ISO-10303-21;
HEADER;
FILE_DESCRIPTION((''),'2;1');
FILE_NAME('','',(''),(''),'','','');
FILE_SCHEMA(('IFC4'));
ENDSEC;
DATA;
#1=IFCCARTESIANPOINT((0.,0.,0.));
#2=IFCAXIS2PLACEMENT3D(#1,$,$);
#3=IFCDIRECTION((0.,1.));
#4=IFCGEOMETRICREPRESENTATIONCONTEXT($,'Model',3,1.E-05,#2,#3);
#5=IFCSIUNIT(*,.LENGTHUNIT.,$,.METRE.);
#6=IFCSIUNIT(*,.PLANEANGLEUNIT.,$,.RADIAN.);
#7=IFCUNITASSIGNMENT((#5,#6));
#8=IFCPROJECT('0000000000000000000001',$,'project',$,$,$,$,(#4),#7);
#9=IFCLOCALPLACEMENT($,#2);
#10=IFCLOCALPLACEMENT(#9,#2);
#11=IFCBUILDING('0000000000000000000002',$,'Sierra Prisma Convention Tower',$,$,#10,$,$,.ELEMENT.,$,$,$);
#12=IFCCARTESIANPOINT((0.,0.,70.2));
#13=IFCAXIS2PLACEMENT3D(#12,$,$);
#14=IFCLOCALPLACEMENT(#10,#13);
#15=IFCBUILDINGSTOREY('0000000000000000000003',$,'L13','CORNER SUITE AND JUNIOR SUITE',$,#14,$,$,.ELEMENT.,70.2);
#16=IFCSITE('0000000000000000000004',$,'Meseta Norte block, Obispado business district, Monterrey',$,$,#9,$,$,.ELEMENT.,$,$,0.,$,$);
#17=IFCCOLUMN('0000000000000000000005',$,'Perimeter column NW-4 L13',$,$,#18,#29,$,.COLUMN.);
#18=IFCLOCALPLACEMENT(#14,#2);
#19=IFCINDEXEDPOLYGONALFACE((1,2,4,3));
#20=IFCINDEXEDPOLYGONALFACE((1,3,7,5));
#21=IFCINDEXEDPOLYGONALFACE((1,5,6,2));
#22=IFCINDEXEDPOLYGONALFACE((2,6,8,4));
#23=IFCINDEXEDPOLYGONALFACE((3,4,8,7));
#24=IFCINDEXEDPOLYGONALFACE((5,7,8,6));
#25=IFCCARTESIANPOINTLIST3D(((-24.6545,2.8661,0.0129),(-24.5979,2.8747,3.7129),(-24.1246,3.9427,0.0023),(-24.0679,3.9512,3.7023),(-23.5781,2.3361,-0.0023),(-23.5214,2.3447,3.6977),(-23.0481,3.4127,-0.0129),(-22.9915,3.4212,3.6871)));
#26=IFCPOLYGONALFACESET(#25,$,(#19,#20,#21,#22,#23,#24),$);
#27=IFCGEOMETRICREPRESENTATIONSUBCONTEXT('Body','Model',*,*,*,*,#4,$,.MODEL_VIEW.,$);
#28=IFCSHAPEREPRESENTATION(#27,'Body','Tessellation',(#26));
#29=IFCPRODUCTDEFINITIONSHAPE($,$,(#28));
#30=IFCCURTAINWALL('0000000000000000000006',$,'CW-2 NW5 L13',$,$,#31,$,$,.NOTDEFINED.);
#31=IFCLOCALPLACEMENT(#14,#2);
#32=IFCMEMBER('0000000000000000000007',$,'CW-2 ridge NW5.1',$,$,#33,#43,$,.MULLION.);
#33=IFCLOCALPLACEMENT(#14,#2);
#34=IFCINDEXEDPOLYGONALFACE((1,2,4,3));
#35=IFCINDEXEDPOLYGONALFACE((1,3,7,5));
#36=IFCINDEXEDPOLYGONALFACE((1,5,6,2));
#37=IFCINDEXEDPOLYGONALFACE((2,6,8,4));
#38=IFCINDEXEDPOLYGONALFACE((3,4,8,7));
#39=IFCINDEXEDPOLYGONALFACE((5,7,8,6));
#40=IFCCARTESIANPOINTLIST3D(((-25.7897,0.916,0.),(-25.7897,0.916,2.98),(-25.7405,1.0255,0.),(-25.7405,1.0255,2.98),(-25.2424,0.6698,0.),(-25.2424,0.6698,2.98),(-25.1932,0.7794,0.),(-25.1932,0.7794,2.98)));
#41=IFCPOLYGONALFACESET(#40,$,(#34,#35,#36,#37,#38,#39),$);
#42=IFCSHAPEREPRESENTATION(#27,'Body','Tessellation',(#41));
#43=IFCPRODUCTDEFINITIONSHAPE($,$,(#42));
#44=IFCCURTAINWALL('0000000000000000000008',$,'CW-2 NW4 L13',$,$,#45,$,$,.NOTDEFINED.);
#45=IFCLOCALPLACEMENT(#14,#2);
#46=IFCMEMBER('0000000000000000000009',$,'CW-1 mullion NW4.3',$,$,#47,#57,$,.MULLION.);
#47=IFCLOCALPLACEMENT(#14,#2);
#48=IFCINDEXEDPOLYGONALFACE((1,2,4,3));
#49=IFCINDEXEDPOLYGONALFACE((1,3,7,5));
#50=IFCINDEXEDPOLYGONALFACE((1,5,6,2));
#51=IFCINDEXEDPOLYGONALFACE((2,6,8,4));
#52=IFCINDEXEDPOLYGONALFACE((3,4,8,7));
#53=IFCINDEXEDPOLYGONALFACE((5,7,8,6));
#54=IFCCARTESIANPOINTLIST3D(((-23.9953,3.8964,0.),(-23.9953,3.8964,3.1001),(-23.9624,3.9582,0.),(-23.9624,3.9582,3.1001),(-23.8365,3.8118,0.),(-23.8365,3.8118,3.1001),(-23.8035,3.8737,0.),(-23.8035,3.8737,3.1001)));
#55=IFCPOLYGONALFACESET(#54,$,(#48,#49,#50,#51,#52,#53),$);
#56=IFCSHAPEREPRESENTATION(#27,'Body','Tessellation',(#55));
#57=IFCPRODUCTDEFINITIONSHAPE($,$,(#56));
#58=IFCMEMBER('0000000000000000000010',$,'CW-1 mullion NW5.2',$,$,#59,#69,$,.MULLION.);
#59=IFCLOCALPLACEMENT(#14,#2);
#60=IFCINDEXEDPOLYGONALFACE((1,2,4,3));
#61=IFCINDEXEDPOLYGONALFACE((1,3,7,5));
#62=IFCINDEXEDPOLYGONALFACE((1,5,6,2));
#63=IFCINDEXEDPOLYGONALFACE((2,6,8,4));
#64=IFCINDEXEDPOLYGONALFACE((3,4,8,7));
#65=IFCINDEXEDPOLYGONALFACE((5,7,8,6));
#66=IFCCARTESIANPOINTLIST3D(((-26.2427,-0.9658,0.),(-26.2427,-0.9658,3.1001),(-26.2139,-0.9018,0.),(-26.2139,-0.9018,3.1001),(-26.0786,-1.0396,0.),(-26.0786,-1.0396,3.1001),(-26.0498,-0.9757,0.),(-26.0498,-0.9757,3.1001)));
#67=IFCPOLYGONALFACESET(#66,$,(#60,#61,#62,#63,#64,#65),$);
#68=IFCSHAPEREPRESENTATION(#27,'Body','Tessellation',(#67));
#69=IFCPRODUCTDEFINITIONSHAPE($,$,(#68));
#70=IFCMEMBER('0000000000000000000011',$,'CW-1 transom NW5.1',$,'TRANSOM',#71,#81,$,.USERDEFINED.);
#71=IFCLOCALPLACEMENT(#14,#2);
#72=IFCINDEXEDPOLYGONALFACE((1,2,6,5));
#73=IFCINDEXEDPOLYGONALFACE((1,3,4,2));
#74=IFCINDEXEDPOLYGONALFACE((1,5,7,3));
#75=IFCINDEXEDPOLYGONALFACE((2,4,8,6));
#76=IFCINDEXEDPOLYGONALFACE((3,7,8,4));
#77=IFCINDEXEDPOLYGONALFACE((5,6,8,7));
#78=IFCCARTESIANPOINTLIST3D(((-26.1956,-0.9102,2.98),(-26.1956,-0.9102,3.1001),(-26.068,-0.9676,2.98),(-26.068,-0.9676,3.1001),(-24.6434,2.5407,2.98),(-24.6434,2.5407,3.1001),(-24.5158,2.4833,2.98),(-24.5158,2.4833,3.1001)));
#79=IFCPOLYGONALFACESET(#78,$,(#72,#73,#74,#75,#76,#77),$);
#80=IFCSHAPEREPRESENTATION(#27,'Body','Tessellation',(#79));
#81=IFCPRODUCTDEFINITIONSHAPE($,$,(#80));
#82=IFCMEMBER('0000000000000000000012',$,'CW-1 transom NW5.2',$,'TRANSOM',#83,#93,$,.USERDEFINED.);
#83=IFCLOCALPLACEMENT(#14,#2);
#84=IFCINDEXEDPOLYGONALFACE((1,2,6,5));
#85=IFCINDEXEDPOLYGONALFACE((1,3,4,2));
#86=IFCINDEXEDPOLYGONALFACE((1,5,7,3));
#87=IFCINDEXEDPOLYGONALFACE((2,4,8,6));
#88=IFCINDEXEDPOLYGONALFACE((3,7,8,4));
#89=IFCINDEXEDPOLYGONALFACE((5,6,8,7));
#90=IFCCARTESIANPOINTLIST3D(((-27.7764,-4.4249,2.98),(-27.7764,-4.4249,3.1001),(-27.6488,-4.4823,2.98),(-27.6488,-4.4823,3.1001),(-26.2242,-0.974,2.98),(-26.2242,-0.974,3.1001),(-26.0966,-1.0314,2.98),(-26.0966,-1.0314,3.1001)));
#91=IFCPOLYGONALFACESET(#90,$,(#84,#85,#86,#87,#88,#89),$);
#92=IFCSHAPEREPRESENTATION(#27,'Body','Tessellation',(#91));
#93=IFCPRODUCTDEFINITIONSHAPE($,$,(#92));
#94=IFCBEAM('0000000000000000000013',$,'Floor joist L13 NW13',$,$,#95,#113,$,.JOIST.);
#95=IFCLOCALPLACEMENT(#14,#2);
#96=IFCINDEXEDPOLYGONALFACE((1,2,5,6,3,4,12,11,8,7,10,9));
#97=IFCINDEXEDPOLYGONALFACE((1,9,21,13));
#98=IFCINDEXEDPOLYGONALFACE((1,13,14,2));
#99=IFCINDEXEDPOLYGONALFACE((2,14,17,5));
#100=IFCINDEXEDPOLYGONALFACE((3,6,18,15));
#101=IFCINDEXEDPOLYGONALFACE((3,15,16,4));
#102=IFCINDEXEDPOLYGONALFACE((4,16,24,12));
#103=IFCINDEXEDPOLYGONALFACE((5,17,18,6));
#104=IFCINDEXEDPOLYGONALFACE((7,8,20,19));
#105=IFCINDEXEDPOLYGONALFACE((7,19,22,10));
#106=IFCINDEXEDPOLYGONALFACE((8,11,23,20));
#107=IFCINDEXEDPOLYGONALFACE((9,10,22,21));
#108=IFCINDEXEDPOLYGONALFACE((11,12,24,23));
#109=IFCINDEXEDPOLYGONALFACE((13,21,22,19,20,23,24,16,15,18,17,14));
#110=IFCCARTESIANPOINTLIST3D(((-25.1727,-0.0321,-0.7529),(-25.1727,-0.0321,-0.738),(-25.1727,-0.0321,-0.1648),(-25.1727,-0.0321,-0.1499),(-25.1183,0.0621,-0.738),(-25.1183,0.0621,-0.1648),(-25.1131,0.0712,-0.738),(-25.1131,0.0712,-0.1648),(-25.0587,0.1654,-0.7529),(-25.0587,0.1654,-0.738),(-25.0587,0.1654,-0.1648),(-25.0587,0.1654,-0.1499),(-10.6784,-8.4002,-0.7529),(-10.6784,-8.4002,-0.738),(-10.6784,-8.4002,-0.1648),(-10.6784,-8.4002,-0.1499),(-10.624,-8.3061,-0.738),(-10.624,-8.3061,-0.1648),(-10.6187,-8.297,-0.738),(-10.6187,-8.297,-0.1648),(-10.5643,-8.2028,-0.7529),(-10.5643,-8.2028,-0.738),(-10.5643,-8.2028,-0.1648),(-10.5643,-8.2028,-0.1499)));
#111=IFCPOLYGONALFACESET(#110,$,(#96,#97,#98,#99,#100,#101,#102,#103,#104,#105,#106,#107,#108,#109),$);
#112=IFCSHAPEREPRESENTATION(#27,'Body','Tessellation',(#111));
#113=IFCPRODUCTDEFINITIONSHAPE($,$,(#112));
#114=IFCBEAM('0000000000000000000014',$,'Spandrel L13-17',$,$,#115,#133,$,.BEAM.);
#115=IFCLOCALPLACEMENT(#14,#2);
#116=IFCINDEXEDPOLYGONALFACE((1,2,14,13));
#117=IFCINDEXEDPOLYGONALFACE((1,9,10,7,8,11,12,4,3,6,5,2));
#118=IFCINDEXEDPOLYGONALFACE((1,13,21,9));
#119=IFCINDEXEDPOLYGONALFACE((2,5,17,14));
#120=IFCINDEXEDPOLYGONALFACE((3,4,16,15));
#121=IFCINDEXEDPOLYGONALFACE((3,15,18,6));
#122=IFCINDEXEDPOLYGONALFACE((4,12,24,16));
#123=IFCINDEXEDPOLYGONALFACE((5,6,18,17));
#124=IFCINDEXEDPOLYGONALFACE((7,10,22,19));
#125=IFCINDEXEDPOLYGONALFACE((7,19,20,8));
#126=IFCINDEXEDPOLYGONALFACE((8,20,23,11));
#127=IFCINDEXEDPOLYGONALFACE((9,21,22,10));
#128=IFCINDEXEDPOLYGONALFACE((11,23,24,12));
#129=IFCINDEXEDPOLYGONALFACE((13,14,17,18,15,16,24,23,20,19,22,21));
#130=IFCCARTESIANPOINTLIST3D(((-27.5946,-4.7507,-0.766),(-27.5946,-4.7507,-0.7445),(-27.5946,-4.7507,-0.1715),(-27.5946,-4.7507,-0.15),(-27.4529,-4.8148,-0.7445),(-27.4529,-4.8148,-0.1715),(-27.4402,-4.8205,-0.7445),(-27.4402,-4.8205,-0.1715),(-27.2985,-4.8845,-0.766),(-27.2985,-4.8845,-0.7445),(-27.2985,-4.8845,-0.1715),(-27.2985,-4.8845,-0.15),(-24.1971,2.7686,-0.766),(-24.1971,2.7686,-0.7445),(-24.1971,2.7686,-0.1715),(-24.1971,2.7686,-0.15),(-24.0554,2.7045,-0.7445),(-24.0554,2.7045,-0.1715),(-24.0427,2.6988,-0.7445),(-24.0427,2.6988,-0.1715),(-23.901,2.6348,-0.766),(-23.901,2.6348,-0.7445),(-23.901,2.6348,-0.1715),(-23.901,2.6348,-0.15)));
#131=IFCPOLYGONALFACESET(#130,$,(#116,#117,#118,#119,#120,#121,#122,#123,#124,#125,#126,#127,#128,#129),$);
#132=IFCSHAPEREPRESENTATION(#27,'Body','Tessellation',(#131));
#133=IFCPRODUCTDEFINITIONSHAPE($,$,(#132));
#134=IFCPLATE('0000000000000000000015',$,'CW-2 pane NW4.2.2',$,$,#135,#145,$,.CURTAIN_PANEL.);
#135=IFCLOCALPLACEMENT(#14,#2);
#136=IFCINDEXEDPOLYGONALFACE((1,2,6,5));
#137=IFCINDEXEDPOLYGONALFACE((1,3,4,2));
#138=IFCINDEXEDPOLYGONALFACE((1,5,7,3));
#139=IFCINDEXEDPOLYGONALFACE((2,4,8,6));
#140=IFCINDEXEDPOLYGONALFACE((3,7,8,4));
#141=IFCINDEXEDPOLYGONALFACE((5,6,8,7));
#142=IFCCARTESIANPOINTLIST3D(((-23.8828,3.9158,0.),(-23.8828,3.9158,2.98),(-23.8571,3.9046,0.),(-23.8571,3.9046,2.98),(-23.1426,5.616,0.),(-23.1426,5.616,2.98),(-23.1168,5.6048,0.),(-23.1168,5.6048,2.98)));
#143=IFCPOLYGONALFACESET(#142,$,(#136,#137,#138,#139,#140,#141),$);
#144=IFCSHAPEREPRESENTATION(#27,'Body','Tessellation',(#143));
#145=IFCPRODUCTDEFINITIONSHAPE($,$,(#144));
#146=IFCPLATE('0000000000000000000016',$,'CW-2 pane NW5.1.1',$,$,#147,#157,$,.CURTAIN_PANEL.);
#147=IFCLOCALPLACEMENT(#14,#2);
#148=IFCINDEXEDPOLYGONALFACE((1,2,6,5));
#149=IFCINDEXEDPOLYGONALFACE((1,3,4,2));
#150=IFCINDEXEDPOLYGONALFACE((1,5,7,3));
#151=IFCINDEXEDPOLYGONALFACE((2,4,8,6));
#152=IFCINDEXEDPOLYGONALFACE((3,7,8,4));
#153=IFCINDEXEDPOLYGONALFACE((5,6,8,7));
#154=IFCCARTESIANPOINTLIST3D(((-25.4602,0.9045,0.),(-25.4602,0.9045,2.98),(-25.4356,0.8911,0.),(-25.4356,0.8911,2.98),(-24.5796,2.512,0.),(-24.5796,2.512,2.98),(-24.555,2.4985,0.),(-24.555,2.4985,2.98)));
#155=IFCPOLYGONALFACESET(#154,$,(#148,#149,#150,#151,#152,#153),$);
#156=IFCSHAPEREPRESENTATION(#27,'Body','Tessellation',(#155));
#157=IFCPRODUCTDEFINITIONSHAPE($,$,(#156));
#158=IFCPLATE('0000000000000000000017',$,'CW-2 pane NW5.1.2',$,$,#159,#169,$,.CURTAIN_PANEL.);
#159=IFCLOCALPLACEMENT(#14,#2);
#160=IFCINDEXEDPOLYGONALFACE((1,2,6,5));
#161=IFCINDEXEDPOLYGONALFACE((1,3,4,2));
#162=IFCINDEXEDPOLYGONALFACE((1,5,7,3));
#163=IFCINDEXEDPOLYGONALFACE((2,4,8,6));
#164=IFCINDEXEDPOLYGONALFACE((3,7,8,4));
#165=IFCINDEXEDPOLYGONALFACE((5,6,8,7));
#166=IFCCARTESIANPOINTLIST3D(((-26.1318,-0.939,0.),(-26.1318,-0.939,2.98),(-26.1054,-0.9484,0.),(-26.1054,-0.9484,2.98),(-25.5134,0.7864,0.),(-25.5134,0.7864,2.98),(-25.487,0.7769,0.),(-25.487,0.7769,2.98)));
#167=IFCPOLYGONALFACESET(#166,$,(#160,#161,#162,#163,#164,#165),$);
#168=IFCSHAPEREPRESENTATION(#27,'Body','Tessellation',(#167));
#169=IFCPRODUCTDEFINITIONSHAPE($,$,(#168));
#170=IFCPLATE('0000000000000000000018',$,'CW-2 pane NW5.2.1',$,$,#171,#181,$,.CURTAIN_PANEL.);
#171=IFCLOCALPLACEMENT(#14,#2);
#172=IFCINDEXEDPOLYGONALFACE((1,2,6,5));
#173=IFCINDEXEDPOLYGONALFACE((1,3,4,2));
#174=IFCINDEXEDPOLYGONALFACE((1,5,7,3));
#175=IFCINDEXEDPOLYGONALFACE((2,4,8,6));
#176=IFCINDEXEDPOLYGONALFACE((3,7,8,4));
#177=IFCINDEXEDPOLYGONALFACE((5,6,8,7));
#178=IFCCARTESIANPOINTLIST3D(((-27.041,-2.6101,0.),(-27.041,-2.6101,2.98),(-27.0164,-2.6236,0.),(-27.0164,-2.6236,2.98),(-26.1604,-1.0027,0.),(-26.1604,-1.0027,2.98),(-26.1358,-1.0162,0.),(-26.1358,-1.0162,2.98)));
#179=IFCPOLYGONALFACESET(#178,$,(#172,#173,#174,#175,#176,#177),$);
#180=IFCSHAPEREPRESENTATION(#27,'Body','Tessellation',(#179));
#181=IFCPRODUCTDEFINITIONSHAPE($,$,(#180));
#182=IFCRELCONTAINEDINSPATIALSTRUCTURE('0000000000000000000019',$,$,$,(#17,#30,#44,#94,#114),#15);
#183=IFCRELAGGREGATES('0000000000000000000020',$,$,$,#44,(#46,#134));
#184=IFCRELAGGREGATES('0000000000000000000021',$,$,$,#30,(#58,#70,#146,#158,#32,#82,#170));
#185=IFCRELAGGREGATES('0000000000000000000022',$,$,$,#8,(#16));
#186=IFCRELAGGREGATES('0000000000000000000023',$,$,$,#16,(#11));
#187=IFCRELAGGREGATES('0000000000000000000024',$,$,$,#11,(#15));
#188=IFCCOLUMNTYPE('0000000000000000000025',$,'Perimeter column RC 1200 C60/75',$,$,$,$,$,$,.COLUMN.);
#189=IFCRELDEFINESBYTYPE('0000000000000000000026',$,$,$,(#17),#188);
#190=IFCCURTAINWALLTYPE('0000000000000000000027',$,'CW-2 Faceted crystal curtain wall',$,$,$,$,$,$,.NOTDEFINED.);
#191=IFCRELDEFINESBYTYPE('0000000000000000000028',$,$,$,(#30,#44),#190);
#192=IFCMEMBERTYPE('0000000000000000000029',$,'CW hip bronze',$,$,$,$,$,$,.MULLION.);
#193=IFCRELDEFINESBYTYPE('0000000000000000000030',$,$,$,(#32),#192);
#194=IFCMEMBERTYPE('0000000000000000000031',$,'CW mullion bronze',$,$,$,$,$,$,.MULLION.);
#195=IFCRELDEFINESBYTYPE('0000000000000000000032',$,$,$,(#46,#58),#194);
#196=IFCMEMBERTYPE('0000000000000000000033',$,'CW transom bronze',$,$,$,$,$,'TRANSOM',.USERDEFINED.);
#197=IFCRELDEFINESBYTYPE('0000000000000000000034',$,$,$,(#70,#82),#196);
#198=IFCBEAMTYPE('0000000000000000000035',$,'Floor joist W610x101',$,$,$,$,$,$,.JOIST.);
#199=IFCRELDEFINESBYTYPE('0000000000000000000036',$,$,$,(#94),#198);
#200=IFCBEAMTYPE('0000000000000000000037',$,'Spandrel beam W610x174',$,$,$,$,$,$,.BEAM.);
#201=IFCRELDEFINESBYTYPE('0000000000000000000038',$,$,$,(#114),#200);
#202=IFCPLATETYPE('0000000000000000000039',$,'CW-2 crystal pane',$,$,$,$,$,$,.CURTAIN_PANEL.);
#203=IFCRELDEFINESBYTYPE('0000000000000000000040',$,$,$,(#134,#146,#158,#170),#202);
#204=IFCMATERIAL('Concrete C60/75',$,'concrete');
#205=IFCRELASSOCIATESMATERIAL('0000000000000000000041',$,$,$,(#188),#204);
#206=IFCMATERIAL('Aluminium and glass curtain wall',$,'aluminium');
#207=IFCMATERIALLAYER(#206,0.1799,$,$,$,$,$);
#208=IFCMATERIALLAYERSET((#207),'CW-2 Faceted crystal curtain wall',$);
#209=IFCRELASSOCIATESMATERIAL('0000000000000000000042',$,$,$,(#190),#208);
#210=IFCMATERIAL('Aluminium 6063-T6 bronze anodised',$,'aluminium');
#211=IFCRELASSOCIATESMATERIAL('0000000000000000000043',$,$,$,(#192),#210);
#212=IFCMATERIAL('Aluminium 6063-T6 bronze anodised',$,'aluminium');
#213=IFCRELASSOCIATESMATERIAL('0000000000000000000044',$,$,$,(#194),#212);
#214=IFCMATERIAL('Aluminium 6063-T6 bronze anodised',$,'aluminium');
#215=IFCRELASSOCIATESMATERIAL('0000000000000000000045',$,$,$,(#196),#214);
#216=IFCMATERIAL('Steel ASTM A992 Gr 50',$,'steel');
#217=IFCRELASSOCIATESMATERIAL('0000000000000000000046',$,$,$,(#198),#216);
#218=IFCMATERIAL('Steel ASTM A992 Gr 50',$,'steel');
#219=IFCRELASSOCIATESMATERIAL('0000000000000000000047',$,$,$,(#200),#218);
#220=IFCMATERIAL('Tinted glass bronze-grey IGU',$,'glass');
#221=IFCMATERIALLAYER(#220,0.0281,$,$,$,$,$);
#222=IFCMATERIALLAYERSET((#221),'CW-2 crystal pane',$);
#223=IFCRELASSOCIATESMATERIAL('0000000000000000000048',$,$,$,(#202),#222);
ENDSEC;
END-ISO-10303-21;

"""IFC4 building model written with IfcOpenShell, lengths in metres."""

from ifc_helpers import new_model, si_unit, direction, frame, origin, origin_2d, place, context, subcontext, project, spatial, polyline, rectangle, i_section, outline, extrude, material, layer, layer_set, material_profile, profile_set, type_object, element, aggregate, save


model = new_model("IFC4")

# Units and contexts
model_context = context("Model", 3, precision=1e-05, world=origin(), true_north=direction((0.0, 1.0)))
body_context = subcontext(model_context, "Body", "Model", "MODEL_VIEW")
ifc_project = project(units=[si_unit("LENGTHUNIT", "METRE"), si_unit("PLANEANGLEUNIT", "RADIAN")], contexts=[model_context])

# Site, building, storey
site_placement = place(None, origin())
site = spatial("IfcSite", under=ifc_project, at=site_placement, Name="Meseta Norte block, Obispado business district, Monterrey", CompositionType="ELEMENT", RefElevation=0.0)
building_placement = place(site_placement, origin())
building = spatial("IfcBuilding", under=site, at=building_placement, Name="Sierra Prisma Convention Tower", CompositionType="ELEMENT")
storey_placement = place(building_placement, frame((0.0, 0.0, 70.2)))
storey = spatial("IfcBuildingStorey", under=building, at=storey_placement, Name="L13", Description="CORNER SUITE AND JUNIOR SUITE", CompositionType="ELEMENT", Elevation=70.2)

# Column
ifc_material_1 = material(Name="Concrete C60/75", Category="concrete")
ifc_material_profile_1 = material_profile(ifc_material_1, rectangle(XDim=1.2, YDim=1.2, at=origin_2d()), Name="Perimeter column RC 1200 C60/75")
ifc_profile_set_1 = profile_set([ifc_material_profile_1], Name="Concrete C60/75")
column_type = type_object("IfcColumnType", Name="Perimeter column RC 1200 C60/75", PredefinedType="COLUMN", material=ifc_profile_set_1)
column_placement = place(storey_placement, frame((-23.8513, 3.1394, 0.0), z_axis=(0.015307, 0.002309, 0.99988), x_axis=(0.441617, 0.89716, -0.008832)))
element("IfcColumn", 1, at=column_placement, inside=storey, type_object=column_type, Name="Perimeter column NW-4 L13", PredefinedType="COLUMN", context=body_context, shape_type="SweptSolid", body=[
    extrude(rectangle(XDim=1.2, YDim=1.2, at=origin_2d()), origin(), (0.0, 0.0, 1.0), 3.7004),
])

# Curtain walls, members
ifc_material_2 = material(Name="Aluminium and glass curtain wall", Category="aluminium")
ifc_layer_1 = layer(ifc_material_2, 0.1799)
ifc_layer_set_1 = layer_set([ifc_layer_1], Name="CW-2 Faceted crystal curtain wall")
curtain_wall_type = type_object("IfcCurtainWallType", Name="CW-2 Faceted crystal curtain wall", PredefinedType="NOTDEFINED", material=ifc_layer_set_1)
curtain_wall_1_placement = place(storey_placement, origin())
curtain_wall_1 = element("IfcCurtainWall", 2, at=curtain_wall_1_placement, inside=storey, type_object=curtain_wall_type, Name="CW-2 NW5 L13", PredefinedType="NOTDEFINED")
ifc_material_3 = material(Name="Aluminium 6063-T6 bronze anodised", Category="aluminium")
ifc_material_profile_2 = material_profile(ifc_material_3, rectangle(XDim=0.1201, YDim=0.6001, at=origin_2d()), Name="ALU RIDGE BLADE 120x600")
ifc_profile_set_2 = profile_set([ifc_material_profile_2], Name="Aluminium 6063-T6 bronze anodised")
member_type_1 = type_object("IfcMemberType", Name="CW hip bronze", PredefinedType="MULLION", material=ifc_profile_set_2)
member_1_placement = place(storey_placement, frame((-25.4915, 0.8477, 0.0), z_axis=(0.0, 0.0, 1.0), x_axis=(-0.410184, -0.912003, 0.0)))
member_1 = element("IfcMember", 3, at=member_1_placement, type_object=member_type_1, Name="CW-2 ridge NW5.1", PredefinedType="MULLION", context=body_context, shape_type="SweptSolid", body=[
    extrude(rectangle(XDim=0.1201, YDim=0.6001, at=origin_2d()), origin(), (0.0, 0.0, 1.0), 2.98),
])
curtain_wall_2_placement = place(storey_placement, origin())
curtain_wall_2 = element("IfcCurtainWall", 4, at=curtain_wall_2_placement, inside=storey, type_object=curtain_wall_type, Name="CW-2 NW4 L13", PredefinedType="NOTDEFINED")
ifc_material_4 = material(Name="Aluminium 6063-T6 bronze anodised", Category="aluminium")
ifc_material_profile_3 = material_profile(ifc_material_4, rectangle(XDim=0.1799, YDim=0.0701, at=origin_2d()), Name="ALU MULLION 70x180")
ifc_profile_set_3 = profile_set([ifc_material_profile_3], Name="Aluminium 6063-T6 bronze anodised")
member_type_2 = type_object("IfcMemberType", Name="CW mullion bronze", PredefinedType="MULLION", material=ifc_profile_set_3)
member_2_placement = place(storey_placement, frame((-23.8994, 3.885, 0.0), z_axis=(0.0, 0.0, 1.0), x_axis=(0.882718, -0.469904, 0.0)))
member_2 = element("IfcMember", 5, at=member_2_placement, type_object=member_type_2, Name="CW-1 mullion NW4.3", PredefinedType="MULLION", context=body_context, shape_type="SweptSolid", body=[
    extrude(rectangle(XDim=0.1799, YDim=0.0701, at=origin_2d()), origin(), (0.0, 0.0, 1.0), 3.1001),
])

# Members
member_3_placement = place(storey_placement, frame((-26.1462, -0.9707, 0.0), z_axis=(0.0, 0.0, 1.0), x_axis=(0.912003, -0.410184, 0.0)))
member_3 = element("IfcMember", 6, at=member_3_placement, type_object=member_type_2, Name="CW-1 mullion NW5.2", PredefinedType="MULLION", context=body_context, shape_type="SweptSolid", body=[
    extrude(rectangle(XDim=0.1799, YDim=0.0701, at=origin_2d()), origin(), (0.0, 0.0, 1.0), 3.1001),
])
ifc_material_5 = material(Name="Aluminium 6063-T6 bronze anodised", Category="aluminium")
ifc_material_profile_4 = material_profile(ifc_material_5, rectangle(XDim=0.1399, YDim=0.1201, at=origin_2d()), Name="ALU TRANSOM 120x140")
ifc_profile_set_4 = profile_set([ifc_material_profile_4], Name="Aluminium 6063-T6 bronze anodised")
member_type_3 = type_object("IfcMemberType", Name="CW transom bronze", ElementType="TRANSOM", PredefinedType="USERDEFINED", material=ifc_profile_set_4)
member_4_placement = place(storey_placement, frame((-24.5796, 2.512, 3.04), z_axis=(-0.410217, -0.911988, 0.0), x_axis=(0.911988, -0.410217, 0.0)))
member_4 = element("IfcMember", 7, at=member_4_placement, type_object=member_type_3, Name="CW-1 transom NW5.1", ObjectType="TRANSOM", PredefinedType="USERDEFINED", context=body_context, shape_type="SweptSolid", body=[
    extrude(rectangle(XDim=0.1399, YDim=0.1201, at=origin_2d()), origin(), (0.0, 0.0, 1.0), 3.7839),
])
member_5_placement = place(storey_placement, frame((-26.1604, -1.0027, 3.04), z_axis=(-0.410217, -0.911988, 0.0), x_axis=(0.911988, -0.410217, 0.0)))
member_5 = element("IfcMember", 8, at=member_5_placement, type_object=member_type_3, Name="CW-1 transom NW5.2", ObjectType="TRANSOM", PredefinedType="USERDEFINED", context=body_context, shape_type="SweptSolid", body=[
    extrude(rectangle(XDim=0.1399, YDim=0.1201, at=origin_2d()), origin(), (0.0, 0.0, 1.0), 3.7839),
])

# Beams
ifc_material_6 = material(Name="Steel ASTM A992 Gr 50", Category="steel")
ifc_material_profile_5 = material_profile(ifc_material_6, i_section(OverallWidth=0.228, OverallDepth=0.603, WebThickness=0.0105, FlangeThickness=0.0149, at=origin_2d()), Name="W610x101")
ifc_profile_set_5 = profile_set([ifc_material_profile_5], Name="Steel ASTM A992 Gr 50")
beam_type_1 = type_object("IfcBeamType", Name="Floor joist W610x101", PredefinedType="JOIST", material=ifc_profile_set_5)
beam_1_placement = place(storey_placement, frame((-25.1157, 0.0667, -0.4514), z_axis=(0.86603, -0.499992, 0.0), x_axis=(0.499992, 0.86603, 0.0)))
element("IfcBeam", 9, at=beam_1_placement, inside=storey, type_object=beam_type_1, Name="Floor joist L13 NW13", PredefinedType="JOIST", context=body_context, shape_type="SweptSolid", body=[
    extrude(i_section(OverallWidth=0.228, OverallDepth=0.603, WebThickness=0.0105, FlangeThickness=0.0149, at=origin_2d()), origin(), (0.0, 0.0, 1.0), 16.7366),
])
ifc_material_7 = material(Name="Steel ASTM A992 Gr 50", Category="steel")
ifc_material_profile_6 = material_profile(ifc_material_7, i_section(OverallWidth=0.325, OverallDepth=0.616, WebThickness=0.0139, FlangeThickness=0.0215, at=origin_2d()), Name="W610x174")
ifc_profile_set_6 = profile_set([ifc_material_profile_6], Name="Steel ASTM A992 Gr 50")
beam_type_2 = type_object("IfcBeamType", Name="Spandrel beam W610x174", PredefinedType="BEAM", material=ifc_profile_set_6)
beam_2_placement = place(storey_placement, frame((-24.0491, 2.7017, -0.458), z_axis=(-0.411753, -0.911295, 0.0), x_axis=(0.911295, -0.411753, 0.0)))
element("IfcBeam", 10, at=beam_2_placement, inside=storey, type_object=beam_type_2, Name="Spandrel L13-17", PredefinedType="BEAM", context=body_context, shape_type="SweptSolid", body=[
    extrude(i_section(OverallWidth=0.325, OverallDepth=0.616, WebThickness=0.0139, FlangeThickness=0.0215, at=origin_2d()), origin(), (0.0, 0.0, 1.0), 8.2512),
])

# Plates
ifc_material_8 = material(Name="Tinted glass bronze-grey IGU", Category="glass")
ifc_layer_2 = layer(ifc_material_8, 0.0281)
ifc_layer_set_2 = layer_set([ifc_layer_2], Name="CW-2 crystal pane")
plate_type = type_object("IfcPlateType", Name="CW-2 crystal pane", PredefinedType="CURTAIN_PANEL", material=ifc_layer_set_2)
plate_1_placement = place(storey_placement, frame((-23.8828, 3.9158, 0.0), z_axis=(-0.916869, 0.399188, 0.0), x_axis=(0.399188, 0.916869, 0.0)))
plate_1 = element("IfcPlate", 11, at=plate_1_placement, type_object=plate_type, Name="CW-2 pane NW4.2.2", PredefinedType="CURTAIN_PANEL", context=body_context, shape_type="SweptSolid", body=[
    extrude(outline(polyline([(0.0, 0.0), (1.8543, 0.0), (1.8543, -2.98), (0.0, -2.98), (0.0, 0.0)])), origin(), (0.0, 0.0, -1.0), 0.0281),
])
aggregate(curtain_wall_2, [member_2, plate_1])
plate_2_placement = place(storey_placement, frame((-24.5796, 2.512, 0.0), z_axis=(-0.877013, 0.480466, 0.0), x_axis=(-0.480466, -0.877013, 0.0)))
plate_2 = element("IfcPlate", 12, at=plate_2_placement, type_object=plate_type, Name="CW-2 pane NW5.1.1", PredefinedType="CURTAIN_PANEL", context=body_context, shape_type="SweptSolid", body=[
    extrude(outline(polyline([(0.0, 0.0), (1.8328, 0.0), (1.8328, 2.98), (0.0, 2.98), (0.0, 0.0)])), origin(), (0.0, 0.0, -1.0), 0.0281),
])
plate_3_placement = place(storey_placement, frame((-26.1318, -0.939, 0.0), z_axis=(-0.941359, 0.337408, 0.0), x_axis=(0.337408, 0.941359, 0.0)))
plate_3 = element("IfcPlate", 13, at=plate_3_placement, type_object=plate_type, Name="CW-2 pane NW5.1.2", PredefinedType="CURTAIN_PANEL", context=body_context, shape_type="SweptSolid", body=[
    extrude(outline(polyline([(0.0, 0.0), (1.8328, 0.0), (1.8328, -2.98), (0.0, -2.98), (0.0, 0.0)])), origin(), (0.0, 0.0, -1.0), 0.0281),
])
plate_4_placement = place(storey_placement, frame((-26.1604, -1.0027, 0.0), z_axis=(-0.877013, 0.480466, 0.0), x_axis=(-0.480466, -0.877013, 0.0)))
plate_4 = element("IfcPlate", 14, at=plate_4_placement, type_object=plate_type, Name="CW-2 pane NW5.2.1", PredefinedType="CURTAIN_PANEL", context=body_context, shape_type="SweptSolid", body=[
    extrude(outline(polyline([(0.0, 0.0), (1.8328, 0.0), (1.8328, 2.98), (0.0, 2.98), (0.0, 0.0)])), origin(), (0.0, 0.0, -1.0), 0.0281),
])
aggregate(curtain_wall_1, [member_3, member_4, plate_2, plate_3, member_1, member_5, plate_4])

save(model, "model.ifc")
